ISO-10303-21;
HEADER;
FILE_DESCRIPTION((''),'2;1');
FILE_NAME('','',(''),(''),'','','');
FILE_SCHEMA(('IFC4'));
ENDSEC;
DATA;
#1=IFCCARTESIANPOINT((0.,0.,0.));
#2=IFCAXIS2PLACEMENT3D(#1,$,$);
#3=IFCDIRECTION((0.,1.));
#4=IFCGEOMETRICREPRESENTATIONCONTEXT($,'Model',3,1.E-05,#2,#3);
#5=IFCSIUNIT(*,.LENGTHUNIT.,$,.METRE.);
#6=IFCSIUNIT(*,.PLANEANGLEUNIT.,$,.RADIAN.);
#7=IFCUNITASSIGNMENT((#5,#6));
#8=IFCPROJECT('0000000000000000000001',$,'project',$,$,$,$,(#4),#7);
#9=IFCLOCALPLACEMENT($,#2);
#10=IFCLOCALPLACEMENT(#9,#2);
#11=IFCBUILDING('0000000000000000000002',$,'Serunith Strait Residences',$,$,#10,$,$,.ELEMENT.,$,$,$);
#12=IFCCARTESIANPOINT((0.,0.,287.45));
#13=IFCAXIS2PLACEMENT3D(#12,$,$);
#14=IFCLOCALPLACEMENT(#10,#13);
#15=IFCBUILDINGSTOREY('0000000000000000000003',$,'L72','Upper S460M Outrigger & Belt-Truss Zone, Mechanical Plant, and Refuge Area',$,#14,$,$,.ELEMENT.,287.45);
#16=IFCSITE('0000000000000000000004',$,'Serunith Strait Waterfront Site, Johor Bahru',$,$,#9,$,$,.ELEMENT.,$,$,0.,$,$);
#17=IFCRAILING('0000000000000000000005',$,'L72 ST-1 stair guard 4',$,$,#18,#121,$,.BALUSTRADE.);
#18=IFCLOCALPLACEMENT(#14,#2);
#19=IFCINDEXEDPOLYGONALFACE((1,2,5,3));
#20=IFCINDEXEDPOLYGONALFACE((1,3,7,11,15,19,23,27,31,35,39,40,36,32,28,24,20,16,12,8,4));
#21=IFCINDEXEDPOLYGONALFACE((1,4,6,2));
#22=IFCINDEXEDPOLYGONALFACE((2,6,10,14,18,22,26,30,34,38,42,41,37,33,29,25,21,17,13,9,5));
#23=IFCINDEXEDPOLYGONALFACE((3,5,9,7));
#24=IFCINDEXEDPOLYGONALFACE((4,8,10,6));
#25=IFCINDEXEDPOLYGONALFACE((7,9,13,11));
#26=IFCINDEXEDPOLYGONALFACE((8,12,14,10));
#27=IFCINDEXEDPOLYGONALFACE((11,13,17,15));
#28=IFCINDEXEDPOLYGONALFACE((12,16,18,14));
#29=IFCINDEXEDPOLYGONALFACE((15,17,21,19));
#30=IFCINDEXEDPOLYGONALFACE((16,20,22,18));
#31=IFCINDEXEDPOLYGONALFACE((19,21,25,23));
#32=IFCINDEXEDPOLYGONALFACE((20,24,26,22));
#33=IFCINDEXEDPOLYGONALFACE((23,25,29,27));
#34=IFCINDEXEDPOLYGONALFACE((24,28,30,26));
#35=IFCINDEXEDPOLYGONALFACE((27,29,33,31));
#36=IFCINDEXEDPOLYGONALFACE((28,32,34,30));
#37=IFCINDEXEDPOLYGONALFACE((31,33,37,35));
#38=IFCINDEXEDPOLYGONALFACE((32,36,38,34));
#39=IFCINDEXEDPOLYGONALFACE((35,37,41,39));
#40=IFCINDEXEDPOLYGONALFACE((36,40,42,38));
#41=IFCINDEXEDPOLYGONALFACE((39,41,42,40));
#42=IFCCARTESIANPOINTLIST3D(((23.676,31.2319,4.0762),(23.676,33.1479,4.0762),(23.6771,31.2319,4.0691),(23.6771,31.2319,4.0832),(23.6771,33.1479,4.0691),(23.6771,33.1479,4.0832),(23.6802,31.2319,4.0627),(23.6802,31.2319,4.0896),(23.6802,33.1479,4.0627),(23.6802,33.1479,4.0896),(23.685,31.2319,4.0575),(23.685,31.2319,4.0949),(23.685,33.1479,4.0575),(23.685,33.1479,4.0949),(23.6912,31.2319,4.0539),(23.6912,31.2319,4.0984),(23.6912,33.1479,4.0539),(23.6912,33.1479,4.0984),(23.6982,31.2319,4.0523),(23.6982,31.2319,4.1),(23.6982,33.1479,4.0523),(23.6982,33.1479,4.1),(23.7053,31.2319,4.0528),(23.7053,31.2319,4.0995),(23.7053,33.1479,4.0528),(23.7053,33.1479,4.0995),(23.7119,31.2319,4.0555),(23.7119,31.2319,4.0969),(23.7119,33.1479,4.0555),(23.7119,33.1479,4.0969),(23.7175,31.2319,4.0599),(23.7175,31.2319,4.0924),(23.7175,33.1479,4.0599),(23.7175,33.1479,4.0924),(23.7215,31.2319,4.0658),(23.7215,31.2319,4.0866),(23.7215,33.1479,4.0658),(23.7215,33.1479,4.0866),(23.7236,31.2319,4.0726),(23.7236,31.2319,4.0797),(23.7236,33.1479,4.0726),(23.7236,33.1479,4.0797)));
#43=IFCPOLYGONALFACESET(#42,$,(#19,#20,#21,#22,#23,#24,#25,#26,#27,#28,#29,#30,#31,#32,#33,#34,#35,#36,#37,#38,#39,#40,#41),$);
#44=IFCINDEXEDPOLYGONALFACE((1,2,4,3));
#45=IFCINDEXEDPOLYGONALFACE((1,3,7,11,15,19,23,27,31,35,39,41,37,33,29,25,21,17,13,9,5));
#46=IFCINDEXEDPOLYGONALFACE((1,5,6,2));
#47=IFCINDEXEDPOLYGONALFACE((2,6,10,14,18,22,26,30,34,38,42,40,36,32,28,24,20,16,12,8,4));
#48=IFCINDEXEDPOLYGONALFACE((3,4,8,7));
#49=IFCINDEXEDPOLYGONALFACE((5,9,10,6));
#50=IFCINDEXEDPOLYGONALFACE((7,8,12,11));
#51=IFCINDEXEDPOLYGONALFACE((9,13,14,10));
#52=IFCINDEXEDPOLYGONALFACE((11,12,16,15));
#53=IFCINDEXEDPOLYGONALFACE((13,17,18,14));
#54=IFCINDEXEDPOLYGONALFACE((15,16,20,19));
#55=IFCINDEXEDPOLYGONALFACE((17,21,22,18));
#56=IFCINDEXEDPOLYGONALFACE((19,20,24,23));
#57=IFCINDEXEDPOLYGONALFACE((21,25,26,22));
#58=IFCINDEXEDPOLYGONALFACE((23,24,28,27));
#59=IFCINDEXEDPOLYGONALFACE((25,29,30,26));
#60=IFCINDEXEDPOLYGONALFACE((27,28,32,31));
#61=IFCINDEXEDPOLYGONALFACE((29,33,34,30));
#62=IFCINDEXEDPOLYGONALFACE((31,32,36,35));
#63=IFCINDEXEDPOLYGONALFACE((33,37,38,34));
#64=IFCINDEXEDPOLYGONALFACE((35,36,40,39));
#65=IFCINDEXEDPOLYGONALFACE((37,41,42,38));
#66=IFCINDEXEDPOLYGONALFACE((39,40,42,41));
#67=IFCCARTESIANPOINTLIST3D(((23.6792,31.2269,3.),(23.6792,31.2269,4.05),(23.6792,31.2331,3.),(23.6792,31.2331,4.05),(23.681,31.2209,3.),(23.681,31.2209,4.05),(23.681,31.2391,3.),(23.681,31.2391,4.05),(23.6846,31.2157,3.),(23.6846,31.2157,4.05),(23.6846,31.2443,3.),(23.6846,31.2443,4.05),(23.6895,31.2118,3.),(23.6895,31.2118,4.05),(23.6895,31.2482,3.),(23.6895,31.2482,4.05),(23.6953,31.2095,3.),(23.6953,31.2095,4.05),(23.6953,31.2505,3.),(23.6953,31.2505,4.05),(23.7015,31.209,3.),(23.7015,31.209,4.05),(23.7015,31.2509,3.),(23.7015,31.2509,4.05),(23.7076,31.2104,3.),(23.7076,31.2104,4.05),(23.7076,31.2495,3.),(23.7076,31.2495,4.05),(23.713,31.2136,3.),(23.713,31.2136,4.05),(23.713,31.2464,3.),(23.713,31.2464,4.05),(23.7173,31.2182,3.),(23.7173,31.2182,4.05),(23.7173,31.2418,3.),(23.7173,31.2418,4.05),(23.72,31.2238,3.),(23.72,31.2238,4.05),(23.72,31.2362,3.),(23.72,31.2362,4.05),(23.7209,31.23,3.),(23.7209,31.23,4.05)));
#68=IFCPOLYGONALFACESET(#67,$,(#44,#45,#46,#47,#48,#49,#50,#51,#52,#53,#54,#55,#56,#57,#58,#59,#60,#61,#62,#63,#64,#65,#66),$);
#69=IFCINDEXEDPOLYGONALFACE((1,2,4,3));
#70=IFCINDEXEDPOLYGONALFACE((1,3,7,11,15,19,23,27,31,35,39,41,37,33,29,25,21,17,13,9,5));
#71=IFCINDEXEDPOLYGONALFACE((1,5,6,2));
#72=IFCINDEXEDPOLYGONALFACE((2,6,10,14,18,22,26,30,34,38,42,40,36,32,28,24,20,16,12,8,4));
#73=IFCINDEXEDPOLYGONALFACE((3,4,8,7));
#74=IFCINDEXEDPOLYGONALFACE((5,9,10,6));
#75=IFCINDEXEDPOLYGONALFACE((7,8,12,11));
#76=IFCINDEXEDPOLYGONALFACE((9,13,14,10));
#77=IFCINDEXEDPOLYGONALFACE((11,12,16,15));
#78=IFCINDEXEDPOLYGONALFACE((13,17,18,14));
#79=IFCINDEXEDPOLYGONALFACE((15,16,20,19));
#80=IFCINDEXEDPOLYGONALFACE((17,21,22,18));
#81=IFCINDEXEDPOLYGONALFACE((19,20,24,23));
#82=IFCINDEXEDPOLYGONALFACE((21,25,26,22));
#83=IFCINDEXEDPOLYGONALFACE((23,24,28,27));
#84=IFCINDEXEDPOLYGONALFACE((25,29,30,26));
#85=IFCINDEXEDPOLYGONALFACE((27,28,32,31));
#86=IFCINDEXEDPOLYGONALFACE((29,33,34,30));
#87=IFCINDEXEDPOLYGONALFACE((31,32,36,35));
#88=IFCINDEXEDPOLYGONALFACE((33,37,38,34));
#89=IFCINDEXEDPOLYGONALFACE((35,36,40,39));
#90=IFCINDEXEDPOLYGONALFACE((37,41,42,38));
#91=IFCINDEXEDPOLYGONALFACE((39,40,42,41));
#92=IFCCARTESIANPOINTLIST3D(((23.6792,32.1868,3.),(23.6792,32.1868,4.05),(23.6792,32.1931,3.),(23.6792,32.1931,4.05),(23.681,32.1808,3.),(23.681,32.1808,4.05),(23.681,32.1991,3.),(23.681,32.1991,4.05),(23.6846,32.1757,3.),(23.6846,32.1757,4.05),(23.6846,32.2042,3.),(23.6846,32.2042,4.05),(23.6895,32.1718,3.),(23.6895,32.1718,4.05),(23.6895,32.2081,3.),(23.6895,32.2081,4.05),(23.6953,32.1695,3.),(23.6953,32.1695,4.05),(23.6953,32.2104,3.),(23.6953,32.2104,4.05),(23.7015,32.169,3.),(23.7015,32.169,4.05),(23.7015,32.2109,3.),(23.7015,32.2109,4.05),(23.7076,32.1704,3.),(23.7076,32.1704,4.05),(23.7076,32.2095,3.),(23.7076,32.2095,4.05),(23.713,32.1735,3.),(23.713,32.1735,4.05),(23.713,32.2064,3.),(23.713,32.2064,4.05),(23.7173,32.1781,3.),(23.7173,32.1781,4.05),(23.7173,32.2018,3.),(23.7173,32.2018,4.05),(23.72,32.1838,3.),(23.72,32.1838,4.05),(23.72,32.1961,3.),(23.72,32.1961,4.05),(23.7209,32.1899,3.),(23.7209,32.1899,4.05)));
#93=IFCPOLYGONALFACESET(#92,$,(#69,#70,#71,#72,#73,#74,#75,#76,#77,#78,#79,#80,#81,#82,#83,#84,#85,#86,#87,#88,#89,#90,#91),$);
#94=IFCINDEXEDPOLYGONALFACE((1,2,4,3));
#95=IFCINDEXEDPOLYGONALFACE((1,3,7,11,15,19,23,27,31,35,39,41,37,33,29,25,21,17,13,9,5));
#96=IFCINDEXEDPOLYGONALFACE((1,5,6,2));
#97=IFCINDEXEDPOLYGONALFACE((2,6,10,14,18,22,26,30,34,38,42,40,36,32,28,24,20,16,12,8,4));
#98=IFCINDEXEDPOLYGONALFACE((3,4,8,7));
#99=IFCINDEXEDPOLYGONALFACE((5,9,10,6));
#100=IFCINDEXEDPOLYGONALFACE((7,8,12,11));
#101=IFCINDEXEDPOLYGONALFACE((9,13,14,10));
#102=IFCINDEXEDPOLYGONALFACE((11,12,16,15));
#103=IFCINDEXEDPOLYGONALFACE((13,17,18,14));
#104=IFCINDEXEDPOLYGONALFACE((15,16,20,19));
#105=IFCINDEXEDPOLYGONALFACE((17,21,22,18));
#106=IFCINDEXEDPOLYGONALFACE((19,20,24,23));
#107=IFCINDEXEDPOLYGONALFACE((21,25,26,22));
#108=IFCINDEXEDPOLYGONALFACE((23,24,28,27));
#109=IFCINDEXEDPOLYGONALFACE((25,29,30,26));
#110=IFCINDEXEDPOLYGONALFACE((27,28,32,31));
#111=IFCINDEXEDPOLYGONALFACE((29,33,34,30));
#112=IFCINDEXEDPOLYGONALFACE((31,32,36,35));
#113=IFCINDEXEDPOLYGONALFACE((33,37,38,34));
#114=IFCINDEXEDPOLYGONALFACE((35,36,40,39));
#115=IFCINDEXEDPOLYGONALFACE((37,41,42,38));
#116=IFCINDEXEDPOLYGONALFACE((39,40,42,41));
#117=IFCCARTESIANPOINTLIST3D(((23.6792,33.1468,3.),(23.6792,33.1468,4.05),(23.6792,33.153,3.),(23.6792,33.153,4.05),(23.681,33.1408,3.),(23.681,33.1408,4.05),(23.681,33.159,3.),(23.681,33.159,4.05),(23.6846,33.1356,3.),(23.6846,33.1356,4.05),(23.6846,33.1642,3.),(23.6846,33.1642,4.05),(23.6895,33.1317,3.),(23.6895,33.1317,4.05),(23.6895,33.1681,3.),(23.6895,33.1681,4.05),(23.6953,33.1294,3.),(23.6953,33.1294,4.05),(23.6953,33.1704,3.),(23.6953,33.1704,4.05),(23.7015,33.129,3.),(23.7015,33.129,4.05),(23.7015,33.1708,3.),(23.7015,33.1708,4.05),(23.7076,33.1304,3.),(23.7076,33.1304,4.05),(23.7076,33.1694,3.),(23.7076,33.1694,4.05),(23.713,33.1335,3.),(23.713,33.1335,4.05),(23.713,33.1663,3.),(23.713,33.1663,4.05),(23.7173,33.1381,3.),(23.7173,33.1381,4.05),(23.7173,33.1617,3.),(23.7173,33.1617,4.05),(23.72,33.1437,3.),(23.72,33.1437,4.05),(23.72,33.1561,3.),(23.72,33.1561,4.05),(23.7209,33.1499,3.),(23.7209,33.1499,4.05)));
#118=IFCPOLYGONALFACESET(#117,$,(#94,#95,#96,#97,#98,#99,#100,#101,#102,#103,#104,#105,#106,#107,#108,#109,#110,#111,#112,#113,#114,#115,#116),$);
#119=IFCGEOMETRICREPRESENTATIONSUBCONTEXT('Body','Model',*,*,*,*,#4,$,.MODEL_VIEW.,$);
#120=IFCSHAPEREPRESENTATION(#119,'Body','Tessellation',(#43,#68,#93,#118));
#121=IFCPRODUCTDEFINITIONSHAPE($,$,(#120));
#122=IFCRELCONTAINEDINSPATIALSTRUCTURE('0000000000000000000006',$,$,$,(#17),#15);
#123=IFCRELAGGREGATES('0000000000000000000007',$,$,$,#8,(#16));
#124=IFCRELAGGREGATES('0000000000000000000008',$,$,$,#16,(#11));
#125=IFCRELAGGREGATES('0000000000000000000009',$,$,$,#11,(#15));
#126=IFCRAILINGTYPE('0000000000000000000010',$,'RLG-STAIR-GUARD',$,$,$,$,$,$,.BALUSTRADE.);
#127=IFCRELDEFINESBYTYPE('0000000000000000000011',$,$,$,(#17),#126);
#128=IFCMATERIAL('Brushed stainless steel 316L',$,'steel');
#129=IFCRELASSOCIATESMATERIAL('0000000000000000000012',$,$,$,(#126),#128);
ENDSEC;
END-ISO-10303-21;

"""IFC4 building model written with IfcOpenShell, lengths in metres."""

from ifc_helpers import new_model, si_unit, direction, frame, origin, origin_2d, place, context, subcontext, project, spatial, circle, extrude, material, type_object, element, save


model = new_model("IFC4")

# Units and contexts
model_context = context("Model", 3, precision=1e-05, world=origin(), true_north=direction((0.0, 1.0)))
body_context = subcontext(model_context, "Body", "Model", "MODEL_VIEW")
ifc_project = project(units=[si_unit("LENGTHUNIT", "METRE"), si_unit("PLANEANGLEUNIT", "RADIAN")], contexts=[model_context])

# Site, building, storey
site_placement = place(None, origin())
site = spatial("IfcSite", under=ifc_project, at=site_placement, Name="Serunith Strait Waterfront Site, Johor Bahru", CompositionType="ELEMENT", RefElevation=0.0)
building_placement = place(site_placement, origin())
building = spatial("IfcBuilding", under=site, at=building_placement, Name="Serunith Strait Residences", CompositionType="ELEMENT")
storey_placement = place(building_placement, frame((0.0, 0.0, 287.45)))
storey = spatial("IfcBuildingStorey", under=building, at=storey_placement, Name="L72", Description="Upper S460M Outrigger & Belt-Truss Zone, Mechanical Plant, and Refuge Area", CompositionType="ELEMENT", Elevation=287.45)

# Railing
ifc_material_1 = material(Name="Brushed stainless steel 316L", Category="steel")
railing_type_1 = type_object("IfcRailingType", Name="RLG-STAIR-GUARD", PredefinedType="BALUSTRADE", material=ifc_material_1)
for number, where, name in (
    (1, (23.7, 31.23, 3.0), "L72 ST-1 stair guard 4"),
):
    element("IfcRailing", number, at=place(storey_placement, frame(where)), inside=storey, type_object=railing_type_1, Name=name, PredefinedType="BALUSTRADE", context=body_context, shape_type="SweptSolid", body=[
        extrude(circle(Radius=0.0239, at=origin_2d()), frame((0.0, 0.002, 1.0762), z_axis=(0.0, 1.0, 0.0), x_axis=(-1.0, 0.0, 0.0)), (0.0, 0.0, 1.0), 1.916),
        extrude(circle(Radius=0.021, at=origin_2d()), origin(), (0.0, 0.0, 1.0), 1.05),
        extrude(circle(Radius=0.021, at=origin_2d()), frame((0.0, 0.96, 0.0)), (0.0, 0.0, 1.0), 1.05),
        extrude(circle(Radius=0.021, at=origin_2d()), frame((0.0, 1.9199, 0.0)), (0.0, 0.0, 1.0), 1.05),
    ])

save(model, "model.ifc")
